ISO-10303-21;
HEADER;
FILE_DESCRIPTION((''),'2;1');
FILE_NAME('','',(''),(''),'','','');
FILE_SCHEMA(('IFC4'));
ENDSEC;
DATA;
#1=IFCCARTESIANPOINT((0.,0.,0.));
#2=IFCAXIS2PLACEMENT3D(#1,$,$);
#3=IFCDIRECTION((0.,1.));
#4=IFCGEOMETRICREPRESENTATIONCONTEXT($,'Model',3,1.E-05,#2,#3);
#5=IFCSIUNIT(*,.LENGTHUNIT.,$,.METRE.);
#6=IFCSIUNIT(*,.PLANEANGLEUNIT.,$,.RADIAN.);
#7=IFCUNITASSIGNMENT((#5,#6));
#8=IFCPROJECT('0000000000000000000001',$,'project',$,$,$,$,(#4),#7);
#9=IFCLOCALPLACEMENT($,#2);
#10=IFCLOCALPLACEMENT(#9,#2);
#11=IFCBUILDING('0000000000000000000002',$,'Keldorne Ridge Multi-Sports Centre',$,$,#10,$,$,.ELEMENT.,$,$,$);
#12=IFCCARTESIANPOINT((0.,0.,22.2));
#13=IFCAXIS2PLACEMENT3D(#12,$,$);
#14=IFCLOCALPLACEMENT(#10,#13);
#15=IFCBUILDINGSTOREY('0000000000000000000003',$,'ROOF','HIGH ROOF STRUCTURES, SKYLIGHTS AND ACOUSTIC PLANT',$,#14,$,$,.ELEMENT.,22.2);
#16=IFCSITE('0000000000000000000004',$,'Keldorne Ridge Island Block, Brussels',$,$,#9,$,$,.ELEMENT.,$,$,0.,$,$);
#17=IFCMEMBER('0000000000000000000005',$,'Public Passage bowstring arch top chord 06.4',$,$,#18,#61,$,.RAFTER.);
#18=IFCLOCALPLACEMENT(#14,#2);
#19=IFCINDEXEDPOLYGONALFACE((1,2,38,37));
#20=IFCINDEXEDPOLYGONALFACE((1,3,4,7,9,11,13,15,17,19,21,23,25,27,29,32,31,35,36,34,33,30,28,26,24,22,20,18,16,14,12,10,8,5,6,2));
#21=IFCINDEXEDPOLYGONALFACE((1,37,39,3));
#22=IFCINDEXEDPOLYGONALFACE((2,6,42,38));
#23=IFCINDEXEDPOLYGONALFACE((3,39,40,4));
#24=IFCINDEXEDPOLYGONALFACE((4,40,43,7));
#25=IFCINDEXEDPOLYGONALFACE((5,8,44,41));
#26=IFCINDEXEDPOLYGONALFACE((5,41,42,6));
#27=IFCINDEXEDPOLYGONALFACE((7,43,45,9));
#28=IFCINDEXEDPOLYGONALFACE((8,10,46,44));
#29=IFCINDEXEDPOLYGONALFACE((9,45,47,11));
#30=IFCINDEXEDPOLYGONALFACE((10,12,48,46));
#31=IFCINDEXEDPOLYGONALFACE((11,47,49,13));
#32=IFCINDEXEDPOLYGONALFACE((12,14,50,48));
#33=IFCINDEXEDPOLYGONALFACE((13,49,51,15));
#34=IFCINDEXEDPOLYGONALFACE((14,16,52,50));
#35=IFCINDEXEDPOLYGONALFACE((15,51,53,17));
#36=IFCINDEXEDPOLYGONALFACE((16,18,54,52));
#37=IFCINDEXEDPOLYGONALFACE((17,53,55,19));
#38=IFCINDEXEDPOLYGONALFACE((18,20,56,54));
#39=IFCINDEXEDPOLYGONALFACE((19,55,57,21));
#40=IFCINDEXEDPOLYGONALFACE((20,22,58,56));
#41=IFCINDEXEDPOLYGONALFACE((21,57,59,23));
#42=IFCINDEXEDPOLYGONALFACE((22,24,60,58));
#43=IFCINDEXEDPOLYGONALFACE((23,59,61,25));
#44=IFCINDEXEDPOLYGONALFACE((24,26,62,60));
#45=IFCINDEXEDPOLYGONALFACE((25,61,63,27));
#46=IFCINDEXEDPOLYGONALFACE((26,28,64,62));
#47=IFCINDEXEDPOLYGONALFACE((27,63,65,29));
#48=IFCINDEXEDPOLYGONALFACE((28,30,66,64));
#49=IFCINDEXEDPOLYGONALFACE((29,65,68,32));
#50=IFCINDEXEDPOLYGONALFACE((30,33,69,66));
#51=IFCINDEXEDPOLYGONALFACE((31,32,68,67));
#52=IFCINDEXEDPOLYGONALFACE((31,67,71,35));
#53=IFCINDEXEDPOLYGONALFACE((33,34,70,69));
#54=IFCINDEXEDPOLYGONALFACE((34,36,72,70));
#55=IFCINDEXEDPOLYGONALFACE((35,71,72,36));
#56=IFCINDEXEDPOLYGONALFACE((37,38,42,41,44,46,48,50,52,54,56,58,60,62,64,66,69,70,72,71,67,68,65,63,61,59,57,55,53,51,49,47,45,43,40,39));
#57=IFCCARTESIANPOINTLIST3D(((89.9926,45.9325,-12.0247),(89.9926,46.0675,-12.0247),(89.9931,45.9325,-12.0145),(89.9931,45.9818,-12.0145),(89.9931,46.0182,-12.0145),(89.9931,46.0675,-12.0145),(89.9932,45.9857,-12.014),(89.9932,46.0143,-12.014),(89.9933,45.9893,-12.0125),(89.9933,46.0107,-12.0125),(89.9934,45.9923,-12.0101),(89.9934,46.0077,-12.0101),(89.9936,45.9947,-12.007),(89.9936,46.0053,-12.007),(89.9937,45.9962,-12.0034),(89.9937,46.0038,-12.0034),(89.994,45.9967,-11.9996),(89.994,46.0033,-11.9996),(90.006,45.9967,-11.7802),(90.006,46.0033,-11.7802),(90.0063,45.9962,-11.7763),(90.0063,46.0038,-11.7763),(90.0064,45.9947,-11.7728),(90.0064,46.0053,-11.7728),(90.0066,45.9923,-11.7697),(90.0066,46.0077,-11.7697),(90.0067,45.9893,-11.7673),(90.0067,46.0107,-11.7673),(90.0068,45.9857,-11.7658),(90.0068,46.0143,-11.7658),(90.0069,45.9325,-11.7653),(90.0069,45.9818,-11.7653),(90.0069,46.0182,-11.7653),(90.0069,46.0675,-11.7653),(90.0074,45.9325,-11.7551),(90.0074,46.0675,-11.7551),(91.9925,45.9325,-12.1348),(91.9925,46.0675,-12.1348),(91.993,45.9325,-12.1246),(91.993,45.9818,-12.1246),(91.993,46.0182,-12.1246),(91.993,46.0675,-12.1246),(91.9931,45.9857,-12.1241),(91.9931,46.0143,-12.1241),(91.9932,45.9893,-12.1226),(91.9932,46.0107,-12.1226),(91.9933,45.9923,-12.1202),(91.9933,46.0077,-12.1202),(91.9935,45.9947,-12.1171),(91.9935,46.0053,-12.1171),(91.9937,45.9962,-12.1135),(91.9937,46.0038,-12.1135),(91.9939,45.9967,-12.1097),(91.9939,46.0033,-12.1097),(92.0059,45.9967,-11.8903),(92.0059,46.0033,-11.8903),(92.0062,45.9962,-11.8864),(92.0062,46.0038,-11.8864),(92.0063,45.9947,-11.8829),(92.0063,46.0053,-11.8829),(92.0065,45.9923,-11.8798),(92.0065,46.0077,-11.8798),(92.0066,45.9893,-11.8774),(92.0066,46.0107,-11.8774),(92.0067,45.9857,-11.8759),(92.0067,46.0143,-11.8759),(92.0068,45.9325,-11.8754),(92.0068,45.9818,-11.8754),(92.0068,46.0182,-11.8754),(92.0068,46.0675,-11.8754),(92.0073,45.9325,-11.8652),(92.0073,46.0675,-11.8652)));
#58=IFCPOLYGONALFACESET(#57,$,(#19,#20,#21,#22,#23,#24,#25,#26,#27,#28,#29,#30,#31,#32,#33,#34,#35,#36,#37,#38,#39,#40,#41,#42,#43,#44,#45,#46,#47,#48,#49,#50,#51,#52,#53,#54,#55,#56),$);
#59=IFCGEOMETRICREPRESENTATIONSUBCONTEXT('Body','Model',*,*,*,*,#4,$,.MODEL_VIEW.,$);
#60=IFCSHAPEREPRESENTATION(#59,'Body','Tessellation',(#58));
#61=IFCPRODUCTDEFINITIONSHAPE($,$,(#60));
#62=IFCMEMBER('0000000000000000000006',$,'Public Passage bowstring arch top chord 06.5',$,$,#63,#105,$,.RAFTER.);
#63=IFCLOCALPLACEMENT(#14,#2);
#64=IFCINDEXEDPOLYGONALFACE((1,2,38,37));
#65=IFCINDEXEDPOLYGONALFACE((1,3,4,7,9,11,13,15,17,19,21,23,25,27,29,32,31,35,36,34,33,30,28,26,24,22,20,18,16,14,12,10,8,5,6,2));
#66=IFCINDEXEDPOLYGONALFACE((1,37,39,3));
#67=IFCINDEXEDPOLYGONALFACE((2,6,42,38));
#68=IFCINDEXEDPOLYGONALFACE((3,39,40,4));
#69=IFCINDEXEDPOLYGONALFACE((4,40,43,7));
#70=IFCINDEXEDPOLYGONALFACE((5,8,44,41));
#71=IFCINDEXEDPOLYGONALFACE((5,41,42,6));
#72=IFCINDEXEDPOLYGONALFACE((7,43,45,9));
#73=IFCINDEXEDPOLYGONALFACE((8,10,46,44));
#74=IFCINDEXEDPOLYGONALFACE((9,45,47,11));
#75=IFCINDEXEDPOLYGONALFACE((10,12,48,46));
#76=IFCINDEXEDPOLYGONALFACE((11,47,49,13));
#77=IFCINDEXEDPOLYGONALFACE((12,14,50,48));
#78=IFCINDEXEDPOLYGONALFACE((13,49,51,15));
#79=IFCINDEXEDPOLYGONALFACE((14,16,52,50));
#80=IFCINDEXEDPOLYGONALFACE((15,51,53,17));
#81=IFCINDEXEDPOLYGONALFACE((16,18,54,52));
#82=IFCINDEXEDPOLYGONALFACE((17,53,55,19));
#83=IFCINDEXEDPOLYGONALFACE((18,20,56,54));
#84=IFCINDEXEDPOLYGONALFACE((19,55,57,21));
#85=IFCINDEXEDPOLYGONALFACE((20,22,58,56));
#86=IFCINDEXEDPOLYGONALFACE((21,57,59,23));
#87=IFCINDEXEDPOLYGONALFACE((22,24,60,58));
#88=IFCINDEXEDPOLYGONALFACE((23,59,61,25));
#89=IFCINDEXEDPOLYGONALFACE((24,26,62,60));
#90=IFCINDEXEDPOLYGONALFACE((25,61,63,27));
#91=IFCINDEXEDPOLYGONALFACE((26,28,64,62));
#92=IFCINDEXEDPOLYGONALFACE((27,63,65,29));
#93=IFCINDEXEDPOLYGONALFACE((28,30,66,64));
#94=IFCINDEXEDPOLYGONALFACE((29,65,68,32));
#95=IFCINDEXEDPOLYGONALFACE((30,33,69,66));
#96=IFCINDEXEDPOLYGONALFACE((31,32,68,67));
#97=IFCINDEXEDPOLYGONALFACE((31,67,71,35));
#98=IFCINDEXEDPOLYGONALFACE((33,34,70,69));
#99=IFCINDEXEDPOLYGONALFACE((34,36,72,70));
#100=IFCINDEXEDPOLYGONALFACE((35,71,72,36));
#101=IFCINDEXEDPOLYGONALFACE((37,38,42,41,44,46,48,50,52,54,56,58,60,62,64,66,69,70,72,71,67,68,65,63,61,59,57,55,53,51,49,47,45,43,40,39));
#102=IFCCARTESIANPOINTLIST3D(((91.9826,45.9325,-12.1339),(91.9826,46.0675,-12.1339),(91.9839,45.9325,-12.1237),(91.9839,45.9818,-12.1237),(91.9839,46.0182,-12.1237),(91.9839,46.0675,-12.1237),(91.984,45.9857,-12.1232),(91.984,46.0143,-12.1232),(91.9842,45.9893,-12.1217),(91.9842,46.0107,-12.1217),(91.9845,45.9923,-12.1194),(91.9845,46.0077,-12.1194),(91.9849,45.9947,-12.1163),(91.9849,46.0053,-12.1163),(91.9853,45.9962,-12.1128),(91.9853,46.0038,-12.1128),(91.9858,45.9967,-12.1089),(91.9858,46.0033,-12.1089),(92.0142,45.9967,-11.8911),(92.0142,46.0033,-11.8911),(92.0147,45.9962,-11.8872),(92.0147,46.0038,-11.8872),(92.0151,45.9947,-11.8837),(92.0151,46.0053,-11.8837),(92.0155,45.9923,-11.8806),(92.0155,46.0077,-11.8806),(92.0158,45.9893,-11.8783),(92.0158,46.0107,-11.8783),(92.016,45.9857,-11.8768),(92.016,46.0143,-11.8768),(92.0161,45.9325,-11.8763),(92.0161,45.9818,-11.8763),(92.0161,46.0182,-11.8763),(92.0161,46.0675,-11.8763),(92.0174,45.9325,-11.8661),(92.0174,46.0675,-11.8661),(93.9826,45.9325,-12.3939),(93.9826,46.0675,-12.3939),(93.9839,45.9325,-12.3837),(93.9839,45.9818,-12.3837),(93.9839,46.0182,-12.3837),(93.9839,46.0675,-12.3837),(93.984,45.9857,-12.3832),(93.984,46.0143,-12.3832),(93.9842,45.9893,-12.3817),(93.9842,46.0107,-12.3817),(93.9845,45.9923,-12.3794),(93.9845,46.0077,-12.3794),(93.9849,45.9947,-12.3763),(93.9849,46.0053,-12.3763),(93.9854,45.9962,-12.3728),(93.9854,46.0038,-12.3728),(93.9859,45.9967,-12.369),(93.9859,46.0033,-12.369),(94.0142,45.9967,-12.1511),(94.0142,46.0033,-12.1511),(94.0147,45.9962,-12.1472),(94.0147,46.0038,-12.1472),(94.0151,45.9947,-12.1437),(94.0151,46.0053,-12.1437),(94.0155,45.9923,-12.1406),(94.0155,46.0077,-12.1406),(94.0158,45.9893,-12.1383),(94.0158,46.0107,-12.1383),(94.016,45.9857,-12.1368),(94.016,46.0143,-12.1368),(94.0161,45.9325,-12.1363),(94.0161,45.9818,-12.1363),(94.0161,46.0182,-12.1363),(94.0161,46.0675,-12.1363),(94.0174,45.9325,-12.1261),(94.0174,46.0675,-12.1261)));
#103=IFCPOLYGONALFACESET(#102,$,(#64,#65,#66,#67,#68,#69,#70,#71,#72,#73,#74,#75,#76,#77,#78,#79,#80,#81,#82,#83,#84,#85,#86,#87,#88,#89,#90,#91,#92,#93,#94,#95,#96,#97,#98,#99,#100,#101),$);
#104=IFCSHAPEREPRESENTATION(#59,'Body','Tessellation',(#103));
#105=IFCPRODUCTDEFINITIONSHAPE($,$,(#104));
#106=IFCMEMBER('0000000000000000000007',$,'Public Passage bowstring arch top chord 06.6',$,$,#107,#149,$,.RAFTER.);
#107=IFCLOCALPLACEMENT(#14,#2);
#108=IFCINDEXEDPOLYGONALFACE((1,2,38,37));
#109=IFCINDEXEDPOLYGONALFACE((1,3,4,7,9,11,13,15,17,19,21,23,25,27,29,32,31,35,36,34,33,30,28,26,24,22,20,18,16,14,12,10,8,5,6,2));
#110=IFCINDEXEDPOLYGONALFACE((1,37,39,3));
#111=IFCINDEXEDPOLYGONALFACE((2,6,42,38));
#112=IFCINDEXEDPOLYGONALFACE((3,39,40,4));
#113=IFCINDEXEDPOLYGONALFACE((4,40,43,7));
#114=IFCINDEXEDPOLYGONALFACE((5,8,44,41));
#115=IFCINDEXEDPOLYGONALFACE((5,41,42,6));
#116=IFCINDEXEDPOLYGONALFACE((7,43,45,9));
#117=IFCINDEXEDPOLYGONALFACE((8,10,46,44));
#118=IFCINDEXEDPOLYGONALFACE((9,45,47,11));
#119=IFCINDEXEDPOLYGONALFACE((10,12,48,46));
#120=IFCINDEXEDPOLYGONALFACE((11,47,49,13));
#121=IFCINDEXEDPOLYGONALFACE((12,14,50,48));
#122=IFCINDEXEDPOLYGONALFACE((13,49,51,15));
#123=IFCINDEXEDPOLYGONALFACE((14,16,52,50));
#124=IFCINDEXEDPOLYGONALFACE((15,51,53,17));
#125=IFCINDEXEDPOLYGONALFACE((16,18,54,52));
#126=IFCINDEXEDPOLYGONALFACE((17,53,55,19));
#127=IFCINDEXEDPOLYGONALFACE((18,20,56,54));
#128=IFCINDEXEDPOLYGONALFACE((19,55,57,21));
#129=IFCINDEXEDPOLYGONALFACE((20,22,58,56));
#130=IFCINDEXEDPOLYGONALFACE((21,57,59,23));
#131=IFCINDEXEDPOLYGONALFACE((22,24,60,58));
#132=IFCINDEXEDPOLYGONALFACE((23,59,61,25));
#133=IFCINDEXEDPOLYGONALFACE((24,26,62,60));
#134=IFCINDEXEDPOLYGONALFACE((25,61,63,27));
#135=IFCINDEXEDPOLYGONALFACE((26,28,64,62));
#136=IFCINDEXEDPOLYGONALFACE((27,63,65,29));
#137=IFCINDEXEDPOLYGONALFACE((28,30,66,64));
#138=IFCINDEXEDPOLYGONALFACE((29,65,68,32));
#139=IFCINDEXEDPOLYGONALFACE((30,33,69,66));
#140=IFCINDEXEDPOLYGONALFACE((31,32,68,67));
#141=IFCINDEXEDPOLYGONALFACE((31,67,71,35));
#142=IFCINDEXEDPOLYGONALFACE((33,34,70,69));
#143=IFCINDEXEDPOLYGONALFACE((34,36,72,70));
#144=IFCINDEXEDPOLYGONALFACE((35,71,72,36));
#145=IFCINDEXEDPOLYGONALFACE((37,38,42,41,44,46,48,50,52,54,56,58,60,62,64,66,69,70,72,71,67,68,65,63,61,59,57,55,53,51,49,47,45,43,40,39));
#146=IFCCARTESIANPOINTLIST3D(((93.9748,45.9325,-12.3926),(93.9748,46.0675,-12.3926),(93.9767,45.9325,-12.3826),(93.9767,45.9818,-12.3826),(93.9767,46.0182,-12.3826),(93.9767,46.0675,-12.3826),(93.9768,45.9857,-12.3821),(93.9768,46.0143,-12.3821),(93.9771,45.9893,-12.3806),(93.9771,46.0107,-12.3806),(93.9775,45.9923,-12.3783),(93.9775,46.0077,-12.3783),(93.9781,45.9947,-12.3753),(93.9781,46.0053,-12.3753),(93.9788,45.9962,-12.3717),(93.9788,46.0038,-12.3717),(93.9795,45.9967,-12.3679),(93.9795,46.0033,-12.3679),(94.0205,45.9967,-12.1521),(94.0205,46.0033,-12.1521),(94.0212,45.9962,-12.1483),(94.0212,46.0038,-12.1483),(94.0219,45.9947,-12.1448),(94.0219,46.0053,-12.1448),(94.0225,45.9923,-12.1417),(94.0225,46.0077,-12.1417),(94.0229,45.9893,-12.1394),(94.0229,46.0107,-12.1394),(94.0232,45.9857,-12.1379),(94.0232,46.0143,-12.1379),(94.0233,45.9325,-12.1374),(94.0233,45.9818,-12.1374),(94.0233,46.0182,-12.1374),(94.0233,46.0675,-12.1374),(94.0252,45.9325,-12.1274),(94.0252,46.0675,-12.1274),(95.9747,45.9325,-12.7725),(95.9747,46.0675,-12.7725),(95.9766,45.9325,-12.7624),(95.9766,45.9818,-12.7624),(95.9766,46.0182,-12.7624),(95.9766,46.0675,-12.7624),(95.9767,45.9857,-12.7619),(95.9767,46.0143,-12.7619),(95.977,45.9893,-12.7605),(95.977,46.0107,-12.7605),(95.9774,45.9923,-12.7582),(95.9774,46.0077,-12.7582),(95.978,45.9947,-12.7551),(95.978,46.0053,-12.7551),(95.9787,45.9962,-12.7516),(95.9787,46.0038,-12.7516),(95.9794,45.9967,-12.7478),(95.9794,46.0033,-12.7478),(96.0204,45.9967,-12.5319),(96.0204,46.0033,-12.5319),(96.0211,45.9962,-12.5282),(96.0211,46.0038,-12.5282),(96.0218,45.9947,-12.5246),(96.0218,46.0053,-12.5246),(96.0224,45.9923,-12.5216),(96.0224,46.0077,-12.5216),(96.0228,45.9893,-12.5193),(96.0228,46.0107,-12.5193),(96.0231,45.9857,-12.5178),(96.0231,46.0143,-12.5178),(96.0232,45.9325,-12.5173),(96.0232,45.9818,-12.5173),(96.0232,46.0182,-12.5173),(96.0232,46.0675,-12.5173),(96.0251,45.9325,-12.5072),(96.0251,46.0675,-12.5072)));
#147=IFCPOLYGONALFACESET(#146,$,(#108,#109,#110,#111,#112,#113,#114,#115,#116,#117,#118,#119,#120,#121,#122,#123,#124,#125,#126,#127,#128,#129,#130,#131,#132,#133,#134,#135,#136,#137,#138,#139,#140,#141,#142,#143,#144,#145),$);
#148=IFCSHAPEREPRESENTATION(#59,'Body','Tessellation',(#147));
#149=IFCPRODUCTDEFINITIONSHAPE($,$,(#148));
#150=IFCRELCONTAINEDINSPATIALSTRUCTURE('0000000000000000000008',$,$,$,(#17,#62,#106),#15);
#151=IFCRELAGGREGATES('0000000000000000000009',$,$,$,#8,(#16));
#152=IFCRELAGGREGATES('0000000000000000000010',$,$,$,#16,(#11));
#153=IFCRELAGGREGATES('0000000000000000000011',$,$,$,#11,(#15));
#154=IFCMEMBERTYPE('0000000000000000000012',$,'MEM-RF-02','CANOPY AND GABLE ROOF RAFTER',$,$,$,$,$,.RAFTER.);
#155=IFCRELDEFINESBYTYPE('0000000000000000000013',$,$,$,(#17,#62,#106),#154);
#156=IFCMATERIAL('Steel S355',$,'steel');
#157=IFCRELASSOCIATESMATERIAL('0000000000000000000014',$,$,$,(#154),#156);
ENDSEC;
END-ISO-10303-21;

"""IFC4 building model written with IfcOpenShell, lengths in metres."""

from ifc_helpers import new_model, si_unit, direction, frame, origin, origin_2d, place, context, subcontext, project, spatial, i_section, extrude, material, material_profile, profile_set, type_object, element, save


model = new_model("IFC4")

# Units and contexts
model_context = context("Model", 3, precision=1e-05, world=origin(), true_north=direction((0.0, 1.0)))
body_context = subcontext(model_context, "Body", "Model", "MODEL_VIEW")
ifc_project = project(units=[si_unit("LENGTHUNIT", "METRE"), si_unit("PLANEANGLEUNIT", "RADIAN")], contexts=[model_context])

# Site, building, storey
site_placement = place(None, origin())
site = spatial("IfcSite", under=ifc_project, at=site_placement, Name="Keldorne Ridge Island Block, Brussels", CompositionType="ELEMENT", RefElevation=0.0)
building_placement = place(site_placement, origin())
building = spatial("IfcBuilding", under=site, at=building_placement, Name="Keldorne Ridge Multi-Sports Centre", CompositionType="ELEMENT")
storey_placement = place(building_placement, frame((0.0, 0.0, 22.2)))
storey = spatial("IfcBuildingStorey", under=building, at=storey_placement, Name="ROOF", Description="HIGH ROOF STRUCTURES, SKYLIGHTS AND ACOUSTIC PLANT", CompositionType="ELEMENT", Elevation=22.2)

# Members
ifc_material = material(Name="Steel S355", Category="steel")
ifc_material_profile_1 = material_profile(ifc_material, i_section(OverallWidth=0.135, OverallDepth=0.27, WebThickness=0.0066, FlangeThickness=0.0103, FilletRadius=0.0149, at=origin_2d()), Name="IPE 270")
ifc_profile_set_1 = profile_set([ifc_material_profile_1], Name="Steel S355")
member_type_1 = type_object("IfcMemberType", Name="MEM-RF-02", Description="CANOPY AND GABLE ROOF RAFTER", PredefinedType="RAFTER", material=ifc_profile_set_1)
for number, where, z_axis, x_axis, name in (
    (1, (90.0, 46.0, -11.8899), (0.998488, 0.0, -0.05497), (0.0, 1.0, 0.0), "Public Passage bowstring arch top chord 06.4"),
):
    element("IfcMember", number, at=place(storey_placement, frame(where, z_axis=z_axis, x_axis=x_axis)), inside=storey, type_object=member_type_1, Name=name, PredefinedType="RAFTER", context=body_context, shape_type="SweptSolid", body=[
        extrude(i_section(OverallWidth=0.135, OverallDepth=0.27, WebThickness=0.0066, FlangeThickness=0.0103, FilletRadius=0.0149, at=origin_2d()), origin(), (0.0, 0.0, 1.0), 2.0029),
    ])
member_1_placement = place(storey_placement, frame((92.0, 46.0, -12.0), z_axis=(0.991655, 0.0, -0.12892), x_axis=(0.0, 1.0, 0.0)))
element("IfcMember", 2, at=member_1_placement, inside=storey, type_object=member_type_1, Name="Public Passage bowstring arch top chord 06.5", PredefinedType="RAFTER", context=body_context, shape_type="SweptSolid", body=[
    extrude(i_section(OverallWidth=0.135, OverallDepth=0.27, WebThickness=0.0066, FlangeThickness=0.0103, FilletRadius=0.0149, at=origin_2d()), origin(), (0.0, 0.0, 1.0), 2.0168),
])
member_2_placement = place(storey_placement, frame((94.0, 46.0, -12.26), z_axis=(0.982435, 0.0, -0.186605), x_axis=(0.0, 1.0, 0.0)))
element("IfcMember", 3, at=member_2_placement, inside=storey, type_object=member_type_1, Name="Public Passage bowstring arch top chord 06.6", PredefinedType="RAFTER", context=body_context, shape_type="SweptSolid", body=[
    extrude(i_section(OverallWidth=0.135, OverallDepth=0.27, WebThickness=0.0066, FlangeThickness=0.0103, FilletRadius=0.0149, at=origin_2d()), origin(), (0.0, 0.0, 1.0), 2.0356),
])

save(model, "model.ifc")
